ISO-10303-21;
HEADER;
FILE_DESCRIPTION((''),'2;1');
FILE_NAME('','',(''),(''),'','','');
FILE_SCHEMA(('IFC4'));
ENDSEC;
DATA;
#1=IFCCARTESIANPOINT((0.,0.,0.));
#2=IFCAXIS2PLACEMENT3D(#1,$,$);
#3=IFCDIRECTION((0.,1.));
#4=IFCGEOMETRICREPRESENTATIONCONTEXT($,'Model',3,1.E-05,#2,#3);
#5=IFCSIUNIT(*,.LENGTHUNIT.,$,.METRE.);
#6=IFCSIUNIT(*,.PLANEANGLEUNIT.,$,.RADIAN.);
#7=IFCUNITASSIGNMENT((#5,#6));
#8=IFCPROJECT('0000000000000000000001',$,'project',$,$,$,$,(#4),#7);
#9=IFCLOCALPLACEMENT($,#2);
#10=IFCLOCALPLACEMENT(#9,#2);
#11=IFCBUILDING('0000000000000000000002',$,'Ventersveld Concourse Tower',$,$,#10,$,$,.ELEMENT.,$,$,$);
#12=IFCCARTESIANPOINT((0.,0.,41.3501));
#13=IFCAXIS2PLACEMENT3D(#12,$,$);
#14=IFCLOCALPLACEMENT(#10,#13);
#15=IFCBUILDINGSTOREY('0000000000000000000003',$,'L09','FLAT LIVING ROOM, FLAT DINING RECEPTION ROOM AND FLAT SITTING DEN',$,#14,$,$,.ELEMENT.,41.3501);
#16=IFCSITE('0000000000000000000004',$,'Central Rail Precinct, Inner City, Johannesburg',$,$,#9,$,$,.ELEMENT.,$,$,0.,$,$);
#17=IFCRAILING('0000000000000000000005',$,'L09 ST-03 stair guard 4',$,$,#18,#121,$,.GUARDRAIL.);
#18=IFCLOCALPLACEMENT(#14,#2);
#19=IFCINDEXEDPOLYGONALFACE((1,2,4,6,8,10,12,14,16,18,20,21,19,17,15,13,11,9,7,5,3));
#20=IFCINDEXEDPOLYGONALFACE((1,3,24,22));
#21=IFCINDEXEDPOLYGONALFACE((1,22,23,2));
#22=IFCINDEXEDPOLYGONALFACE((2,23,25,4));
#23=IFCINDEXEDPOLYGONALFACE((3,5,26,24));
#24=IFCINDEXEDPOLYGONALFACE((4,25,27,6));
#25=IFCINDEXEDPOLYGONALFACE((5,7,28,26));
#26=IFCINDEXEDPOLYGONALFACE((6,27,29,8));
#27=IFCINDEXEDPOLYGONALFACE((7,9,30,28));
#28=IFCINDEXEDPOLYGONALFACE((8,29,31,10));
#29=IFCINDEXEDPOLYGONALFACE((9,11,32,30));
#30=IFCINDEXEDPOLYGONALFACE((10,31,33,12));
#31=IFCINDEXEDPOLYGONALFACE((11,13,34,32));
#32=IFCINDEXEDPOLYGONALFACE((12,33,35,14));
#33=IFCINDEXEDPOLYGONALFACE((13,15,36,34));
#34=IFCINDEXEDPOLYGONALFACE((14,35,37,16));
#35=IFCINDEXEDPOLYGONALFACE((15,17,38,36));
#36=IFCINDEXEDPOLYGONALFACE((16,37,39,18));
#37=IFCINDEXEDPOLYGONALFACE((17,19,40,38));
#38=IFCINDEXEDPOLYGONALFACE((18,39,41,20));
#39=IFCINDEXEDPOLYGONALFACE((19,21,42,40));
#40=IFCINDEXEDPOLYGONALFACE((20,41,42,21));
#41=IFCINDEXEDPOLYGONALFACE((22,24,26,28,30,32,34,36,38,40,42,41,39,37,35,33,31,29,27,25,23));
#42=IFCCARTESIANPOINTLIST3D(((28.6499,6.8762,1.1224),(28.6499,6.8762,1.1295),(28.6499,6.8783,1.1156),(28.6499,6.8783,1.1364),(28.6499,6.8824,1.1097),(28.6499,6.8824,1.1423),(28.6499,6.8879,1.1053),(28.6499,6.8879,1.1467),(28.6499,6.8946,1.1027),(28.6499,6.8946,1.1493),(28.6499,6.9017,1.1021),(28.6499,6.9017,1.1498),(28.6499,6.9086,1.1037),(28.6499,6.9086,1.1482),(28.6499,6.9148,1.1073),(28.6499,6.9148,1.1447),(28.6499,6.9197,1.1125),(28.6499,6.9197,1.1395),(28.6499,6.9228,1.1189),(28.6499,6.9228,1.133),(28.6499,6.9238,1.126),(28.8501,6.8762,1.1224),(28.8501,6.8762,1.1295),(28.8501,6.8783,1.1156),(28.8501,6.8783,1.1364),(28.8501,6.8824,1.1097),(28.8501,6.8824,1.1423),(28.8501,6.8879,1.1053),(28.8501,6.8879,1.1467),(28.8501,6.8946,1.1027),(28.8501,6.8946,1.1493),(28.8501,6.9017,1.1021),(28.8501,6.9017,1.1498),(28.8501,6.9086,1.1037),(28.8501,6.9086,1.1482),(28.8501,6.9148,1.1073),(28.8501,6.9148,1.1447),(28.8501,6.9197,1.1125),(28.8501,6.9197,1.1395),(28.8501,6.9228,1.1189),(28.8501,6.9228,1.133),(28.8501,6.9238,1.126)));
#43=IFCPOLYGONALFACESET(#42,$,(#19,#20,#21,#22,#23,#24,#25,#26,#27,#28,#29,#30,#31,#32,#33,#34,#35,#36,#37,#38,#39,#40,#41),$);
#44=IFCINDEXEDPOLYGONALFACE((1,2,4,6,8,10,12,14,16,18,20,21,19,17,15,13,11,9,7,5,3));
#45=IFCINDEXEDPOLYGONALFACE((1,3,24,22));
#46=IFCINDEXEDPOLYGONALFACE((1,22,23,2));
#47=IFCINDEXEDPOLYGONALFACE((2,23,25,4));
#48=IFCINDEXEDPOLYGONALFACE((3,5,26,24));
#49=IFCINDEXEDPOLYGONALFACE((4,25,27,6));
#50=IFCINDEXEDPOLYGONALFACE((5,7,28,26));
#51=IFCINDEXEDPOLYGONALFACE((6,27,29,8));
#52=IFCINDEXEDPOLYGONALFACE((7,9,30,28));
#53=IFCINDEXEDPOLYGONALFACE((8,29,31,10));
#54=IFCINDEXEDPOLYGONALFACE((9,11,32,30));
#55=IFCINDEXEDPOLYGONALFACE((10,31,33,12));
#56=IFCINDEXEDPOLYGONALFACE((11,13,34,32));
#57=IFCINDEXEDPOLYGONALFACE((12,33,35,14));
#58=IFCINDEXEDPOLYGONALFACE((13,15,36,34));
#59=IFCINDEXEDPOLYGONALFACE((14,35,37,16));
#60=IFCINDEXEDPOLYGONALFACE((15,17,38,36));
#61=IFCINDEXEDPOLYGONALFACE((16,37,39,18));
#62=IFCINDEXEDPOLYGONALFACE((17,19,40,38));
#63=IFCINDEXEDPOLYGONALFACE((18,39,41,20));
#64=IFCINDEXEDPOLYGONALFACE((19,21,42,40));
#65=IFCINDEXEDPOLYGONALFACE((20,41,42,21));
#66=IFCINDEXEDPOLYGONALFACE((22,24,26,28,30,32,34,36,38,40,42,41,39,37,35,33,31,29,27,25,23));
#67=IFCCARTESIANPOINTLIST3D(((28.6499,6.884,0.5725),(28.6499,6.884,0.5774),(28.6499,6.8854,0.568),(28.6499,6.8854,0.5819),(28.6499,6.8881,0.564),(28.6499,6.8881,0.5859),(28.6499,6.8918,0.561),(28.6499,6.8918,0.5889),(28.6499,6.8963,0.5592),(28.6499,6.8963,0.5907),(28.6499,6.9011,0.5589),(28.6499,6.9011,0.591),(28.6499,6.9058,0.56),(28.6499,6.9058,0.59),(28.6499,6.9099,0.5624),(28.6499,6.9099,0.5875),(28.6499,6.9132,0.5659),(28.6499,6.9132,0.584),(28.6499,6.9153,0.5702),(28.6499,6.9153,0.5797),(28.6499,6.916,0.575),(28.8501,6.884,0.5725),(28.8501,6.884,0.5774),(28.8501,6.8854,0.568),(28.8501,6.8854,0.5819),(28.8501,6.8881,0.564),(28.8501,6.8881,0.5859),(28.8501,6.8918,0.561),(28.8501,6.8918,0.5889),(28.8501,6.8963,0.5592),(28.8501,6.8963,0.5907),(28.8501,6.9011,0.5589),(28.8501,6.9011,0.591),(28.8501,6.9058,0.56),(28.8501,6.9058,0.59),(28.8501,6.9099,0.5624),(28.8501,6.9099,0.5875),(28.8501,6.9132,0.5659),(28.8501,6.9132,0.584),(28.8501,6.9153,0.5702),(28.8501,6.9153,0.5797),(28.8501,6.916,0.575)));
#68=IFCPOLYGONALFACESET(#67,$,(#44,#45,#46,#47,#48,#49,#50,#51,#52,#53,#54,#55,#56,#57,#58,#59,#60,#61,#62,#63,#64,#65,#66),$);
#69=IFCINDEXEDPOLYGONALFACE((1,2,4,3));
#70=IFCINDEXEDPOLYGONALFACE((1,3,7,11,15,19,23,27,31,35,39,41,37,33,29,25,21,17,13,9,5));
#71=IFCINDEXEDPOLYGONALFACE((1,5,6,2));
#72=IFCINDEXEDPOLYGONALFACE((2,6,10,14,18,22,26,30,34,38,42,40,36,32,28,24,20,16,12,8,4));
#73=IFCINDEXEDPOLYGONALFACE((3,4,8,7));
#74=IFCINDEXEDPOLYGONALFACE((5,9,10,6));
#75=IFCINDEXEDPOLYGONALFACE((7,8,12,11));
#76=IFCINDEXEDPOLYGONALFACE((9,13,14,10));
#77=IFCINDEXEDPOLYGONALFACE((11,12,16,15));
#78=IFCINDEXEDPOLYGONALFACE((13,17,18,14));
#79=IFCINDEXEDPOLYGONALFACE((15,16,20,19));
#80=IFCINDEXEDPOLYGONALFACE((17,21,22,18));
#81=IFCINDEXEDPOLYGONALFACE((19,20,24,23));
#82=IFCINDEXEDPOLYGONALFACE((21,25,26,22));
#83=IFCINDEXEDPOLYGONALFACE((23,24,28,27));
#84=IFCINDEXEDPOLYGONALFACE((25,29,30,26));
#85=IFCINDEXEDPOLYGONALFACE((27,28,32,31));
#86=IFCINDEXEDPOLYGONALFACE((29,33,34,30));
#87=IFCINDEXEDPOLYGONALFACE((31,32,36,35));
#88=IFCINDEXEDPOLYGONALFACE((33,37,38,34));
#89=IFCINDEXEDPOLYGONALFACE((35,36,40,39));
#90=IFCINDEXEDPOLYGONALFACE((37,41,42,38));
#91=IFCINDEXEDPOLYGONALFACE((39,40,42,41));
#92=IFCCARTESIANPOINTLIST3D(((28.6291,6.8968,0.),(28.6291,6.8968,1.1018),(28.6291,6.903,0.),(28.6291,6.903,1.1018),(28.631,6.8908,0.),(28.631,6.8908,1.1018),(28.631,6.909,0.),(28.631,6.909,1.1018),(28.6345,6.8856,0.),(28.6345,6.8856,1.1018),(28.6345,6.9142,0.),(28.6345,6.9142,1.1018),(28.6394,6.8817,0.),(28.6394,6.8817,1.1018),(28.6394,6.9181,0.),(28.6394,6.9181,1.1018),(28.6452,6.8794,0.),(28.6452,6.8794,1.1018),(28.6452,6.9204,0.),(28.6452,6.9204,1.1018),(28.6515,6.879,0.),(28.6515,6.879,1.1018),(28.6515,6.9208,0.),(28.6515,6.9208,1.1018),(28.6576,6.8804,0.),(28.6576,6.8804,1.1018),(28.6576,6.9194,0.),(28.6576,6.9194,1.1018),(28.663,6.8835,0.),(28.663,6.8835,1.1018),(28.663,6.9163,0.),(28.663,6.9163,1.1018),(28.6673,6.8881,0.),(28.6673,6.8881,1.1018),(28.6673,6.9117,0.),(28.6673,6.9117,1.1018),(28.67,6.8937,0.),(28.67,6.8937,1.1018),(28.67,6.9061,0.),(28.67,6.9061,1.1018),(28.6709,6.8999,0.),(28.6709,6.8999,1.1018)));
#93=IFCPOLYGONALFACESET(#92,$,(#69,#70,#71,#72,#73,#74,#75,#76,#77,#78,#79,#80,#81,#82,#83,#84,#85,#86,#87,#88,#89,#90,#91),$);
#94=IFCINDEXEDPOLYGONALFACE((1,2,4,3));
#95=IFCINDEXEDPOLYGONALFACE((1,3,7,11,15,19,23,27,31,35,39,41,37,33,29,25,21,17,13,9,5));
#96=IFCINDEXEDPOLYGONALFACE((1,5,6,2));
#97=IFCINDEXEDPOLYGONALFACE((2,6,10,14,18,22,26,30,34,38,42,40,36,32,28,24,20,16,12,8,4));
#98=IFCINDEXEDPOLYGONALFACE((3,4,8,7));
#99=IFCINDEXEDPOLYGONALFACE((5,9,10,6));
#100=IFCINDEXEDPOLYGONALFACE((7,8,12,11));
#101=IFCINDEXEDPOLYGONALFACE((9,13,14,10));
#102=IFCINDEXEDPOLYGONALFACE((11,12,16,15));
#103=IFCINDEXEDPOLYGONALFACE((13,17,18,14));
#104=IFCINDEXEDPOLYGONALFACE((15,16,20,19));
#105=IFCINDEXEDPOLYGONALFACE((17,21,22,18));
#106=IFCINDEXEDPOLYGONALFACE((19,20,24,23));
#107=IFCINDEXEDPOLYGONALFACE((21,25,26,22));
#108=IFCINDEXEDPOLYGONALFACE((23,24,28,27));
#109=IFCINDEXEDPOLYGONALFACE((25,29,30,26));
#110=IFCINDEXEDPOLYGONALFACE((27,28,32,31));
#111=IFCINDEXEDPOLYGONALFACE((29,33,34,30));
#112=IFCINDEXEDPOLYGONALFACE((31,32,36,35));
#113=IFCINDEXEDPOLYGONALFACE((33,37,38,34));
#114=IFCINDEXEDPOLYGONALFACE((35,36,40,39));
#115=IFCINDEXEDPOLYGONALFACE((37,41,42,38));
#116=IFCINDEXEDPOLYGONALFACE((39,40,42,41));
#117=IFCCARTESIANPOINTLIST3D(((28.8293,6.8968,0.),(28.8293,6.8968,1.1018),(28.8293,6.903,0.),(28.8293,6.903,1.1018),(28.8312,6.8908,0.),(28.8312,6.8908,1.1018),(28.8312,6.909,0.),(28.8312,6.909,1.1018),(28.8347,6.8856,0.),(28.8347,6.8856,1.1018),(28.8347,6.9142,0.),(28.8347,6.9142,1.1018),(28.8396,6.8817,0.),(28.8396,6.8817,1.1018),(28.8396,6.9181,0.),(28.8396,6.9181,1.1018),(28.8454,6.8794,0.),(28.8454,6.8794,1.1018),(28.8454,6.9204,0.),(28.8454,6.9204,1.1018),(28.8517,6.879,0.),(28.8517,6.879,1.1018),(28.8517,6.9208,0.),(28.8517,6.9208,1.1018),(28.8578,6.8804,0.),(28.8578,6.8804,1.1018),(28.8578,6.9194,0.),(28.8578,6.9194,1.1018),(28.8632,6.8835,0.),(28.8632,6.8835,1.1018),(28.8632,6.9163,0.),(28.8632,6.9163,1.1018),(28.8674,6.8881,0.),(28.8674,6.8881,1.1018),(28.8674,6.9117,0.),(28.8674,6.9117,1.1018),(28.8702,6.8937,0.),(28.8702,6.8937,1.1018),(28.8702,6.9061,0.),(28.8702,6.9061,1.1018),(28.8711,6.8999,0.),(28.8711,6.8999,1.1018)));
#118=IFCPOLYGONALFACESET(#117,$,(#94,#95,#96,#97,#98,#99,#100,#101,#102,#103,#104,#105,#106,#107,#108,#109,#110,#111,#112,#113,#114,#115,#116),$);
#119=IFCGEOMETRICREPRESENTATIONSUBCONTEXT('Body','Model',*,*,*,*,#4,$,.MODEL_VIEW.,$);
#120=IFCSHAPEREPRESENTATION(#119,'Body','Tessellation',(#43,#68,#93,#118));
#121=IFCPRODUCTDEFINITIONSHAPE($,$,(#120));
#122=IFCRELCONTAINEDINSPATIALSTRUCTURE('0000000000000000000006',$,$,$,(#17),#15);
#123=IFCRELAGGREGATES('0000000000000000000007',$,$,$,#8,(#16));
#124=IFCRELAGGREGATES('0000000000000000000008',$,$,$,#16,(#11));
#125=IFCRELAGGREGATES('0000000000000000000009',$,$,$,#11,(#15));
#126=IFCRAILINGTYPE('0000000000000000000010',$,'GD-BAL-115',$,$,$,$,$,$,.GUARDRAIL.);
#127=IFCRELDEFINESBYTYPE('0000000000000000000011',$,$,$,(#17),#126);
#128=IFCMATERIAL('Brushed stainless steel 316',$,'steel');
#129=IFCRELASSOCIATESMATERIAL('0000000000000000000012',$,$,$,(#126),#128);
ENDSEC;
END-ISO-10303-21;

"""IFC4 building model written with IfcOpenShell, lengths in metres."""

from ifc_helpers import new_model, si_unit, direction, frame, origin, origin_2d, place, context, subcontext, project, spatial, circle, extrude, material, type_object, element, save


model = new_model("IFC4")

# Units and contexts
model_context = context("Model", 3, precision=1e-05, world=origin(), true_north=direction((0.0, 1.0)))
body_context = subcontext(model_context, "Body", "Model", "MODEL_VIEW")
ifc_project = project(units=[si_unit("LENGTHUNIT", "METRE"), si_unit("PLANEANGLEUNIT", "RADIAN")], contexts=[model_context])

# Site, building, storey
site_placement = place(None, origin())
site = spatial("IfcSite", under=ifc_project, at=site_placement, Name="Central Rail Precinct, Inner City, Johannesburg", CompositionType="ELEMENT", RefElevation=0.0)
building_placement = place(site_placement, origin())
building = spatial("IfcBuilding", under=site, at=building_placement, Name="Ventersveld Concourse Tower", CompositionType="ELEMENT")
storey_placement = place(building_placement, frame((0.0, 0.0, 41.3501)))
storey = spatial("IfcBuildingStorey", under=building, at=storey_placement, Name="L09", Description="FLAT LIVING ROOM, FLAT DINING RECEPTION ROOM AND FLAT SITTING DEN", CompositionType="ELEMENT", Elevation=41.3501)

# Railing
ifc_material_1 = material(Name="Brushed stainless steel 316", Category="steel")
railing_type = type_object("IfcRailingType", Name="GD-BAL-115", PredefinedType="GUARDRAIL", material=ifc_material_1)
railing_1_placement = place(storey_placement, frame((28.6499, 6.8999, 0.0)))
element("IfcRailing", 1, at=railing_1_placement, inside=storey, type_object=railing_type, Name="L09 ST-03 stair guard 4", PredefinedType="GUARDRAIL", context=body_context, shape_type="SweptSolid", body=[
    extrude(circle(Radius=0.0239, at=origin_2d()), frame((0.0, 0.0, 1.126), z_axis=(1.0, 0.0, 0.0), x_axis=(0.0, 1.0, 0.0)), (0.0, 0.0, 1.0), 0.2002),
    extrude(circle(Radius=0.0161, at=origin_2d()), frame((0.0, 0.0, 0.575), z_axis=(1.0, 0.0, 0.0), x_axis=(0.0, 1.0, 0.0)), (0.0, 0.0, 1.0), 0.2002),
    extrude(circle(Radius=0.021, at=origin_2d()), origin(), (0.0, 0.0, 1.0), 1.1018),
    extrude(circle(Radius=0.021, at=origin_2d()), frame((0.2002, 0.0, 0.0)), (0.0, 0.0, 1.0), 1.1018),
])

save(model, "model.ifc")
